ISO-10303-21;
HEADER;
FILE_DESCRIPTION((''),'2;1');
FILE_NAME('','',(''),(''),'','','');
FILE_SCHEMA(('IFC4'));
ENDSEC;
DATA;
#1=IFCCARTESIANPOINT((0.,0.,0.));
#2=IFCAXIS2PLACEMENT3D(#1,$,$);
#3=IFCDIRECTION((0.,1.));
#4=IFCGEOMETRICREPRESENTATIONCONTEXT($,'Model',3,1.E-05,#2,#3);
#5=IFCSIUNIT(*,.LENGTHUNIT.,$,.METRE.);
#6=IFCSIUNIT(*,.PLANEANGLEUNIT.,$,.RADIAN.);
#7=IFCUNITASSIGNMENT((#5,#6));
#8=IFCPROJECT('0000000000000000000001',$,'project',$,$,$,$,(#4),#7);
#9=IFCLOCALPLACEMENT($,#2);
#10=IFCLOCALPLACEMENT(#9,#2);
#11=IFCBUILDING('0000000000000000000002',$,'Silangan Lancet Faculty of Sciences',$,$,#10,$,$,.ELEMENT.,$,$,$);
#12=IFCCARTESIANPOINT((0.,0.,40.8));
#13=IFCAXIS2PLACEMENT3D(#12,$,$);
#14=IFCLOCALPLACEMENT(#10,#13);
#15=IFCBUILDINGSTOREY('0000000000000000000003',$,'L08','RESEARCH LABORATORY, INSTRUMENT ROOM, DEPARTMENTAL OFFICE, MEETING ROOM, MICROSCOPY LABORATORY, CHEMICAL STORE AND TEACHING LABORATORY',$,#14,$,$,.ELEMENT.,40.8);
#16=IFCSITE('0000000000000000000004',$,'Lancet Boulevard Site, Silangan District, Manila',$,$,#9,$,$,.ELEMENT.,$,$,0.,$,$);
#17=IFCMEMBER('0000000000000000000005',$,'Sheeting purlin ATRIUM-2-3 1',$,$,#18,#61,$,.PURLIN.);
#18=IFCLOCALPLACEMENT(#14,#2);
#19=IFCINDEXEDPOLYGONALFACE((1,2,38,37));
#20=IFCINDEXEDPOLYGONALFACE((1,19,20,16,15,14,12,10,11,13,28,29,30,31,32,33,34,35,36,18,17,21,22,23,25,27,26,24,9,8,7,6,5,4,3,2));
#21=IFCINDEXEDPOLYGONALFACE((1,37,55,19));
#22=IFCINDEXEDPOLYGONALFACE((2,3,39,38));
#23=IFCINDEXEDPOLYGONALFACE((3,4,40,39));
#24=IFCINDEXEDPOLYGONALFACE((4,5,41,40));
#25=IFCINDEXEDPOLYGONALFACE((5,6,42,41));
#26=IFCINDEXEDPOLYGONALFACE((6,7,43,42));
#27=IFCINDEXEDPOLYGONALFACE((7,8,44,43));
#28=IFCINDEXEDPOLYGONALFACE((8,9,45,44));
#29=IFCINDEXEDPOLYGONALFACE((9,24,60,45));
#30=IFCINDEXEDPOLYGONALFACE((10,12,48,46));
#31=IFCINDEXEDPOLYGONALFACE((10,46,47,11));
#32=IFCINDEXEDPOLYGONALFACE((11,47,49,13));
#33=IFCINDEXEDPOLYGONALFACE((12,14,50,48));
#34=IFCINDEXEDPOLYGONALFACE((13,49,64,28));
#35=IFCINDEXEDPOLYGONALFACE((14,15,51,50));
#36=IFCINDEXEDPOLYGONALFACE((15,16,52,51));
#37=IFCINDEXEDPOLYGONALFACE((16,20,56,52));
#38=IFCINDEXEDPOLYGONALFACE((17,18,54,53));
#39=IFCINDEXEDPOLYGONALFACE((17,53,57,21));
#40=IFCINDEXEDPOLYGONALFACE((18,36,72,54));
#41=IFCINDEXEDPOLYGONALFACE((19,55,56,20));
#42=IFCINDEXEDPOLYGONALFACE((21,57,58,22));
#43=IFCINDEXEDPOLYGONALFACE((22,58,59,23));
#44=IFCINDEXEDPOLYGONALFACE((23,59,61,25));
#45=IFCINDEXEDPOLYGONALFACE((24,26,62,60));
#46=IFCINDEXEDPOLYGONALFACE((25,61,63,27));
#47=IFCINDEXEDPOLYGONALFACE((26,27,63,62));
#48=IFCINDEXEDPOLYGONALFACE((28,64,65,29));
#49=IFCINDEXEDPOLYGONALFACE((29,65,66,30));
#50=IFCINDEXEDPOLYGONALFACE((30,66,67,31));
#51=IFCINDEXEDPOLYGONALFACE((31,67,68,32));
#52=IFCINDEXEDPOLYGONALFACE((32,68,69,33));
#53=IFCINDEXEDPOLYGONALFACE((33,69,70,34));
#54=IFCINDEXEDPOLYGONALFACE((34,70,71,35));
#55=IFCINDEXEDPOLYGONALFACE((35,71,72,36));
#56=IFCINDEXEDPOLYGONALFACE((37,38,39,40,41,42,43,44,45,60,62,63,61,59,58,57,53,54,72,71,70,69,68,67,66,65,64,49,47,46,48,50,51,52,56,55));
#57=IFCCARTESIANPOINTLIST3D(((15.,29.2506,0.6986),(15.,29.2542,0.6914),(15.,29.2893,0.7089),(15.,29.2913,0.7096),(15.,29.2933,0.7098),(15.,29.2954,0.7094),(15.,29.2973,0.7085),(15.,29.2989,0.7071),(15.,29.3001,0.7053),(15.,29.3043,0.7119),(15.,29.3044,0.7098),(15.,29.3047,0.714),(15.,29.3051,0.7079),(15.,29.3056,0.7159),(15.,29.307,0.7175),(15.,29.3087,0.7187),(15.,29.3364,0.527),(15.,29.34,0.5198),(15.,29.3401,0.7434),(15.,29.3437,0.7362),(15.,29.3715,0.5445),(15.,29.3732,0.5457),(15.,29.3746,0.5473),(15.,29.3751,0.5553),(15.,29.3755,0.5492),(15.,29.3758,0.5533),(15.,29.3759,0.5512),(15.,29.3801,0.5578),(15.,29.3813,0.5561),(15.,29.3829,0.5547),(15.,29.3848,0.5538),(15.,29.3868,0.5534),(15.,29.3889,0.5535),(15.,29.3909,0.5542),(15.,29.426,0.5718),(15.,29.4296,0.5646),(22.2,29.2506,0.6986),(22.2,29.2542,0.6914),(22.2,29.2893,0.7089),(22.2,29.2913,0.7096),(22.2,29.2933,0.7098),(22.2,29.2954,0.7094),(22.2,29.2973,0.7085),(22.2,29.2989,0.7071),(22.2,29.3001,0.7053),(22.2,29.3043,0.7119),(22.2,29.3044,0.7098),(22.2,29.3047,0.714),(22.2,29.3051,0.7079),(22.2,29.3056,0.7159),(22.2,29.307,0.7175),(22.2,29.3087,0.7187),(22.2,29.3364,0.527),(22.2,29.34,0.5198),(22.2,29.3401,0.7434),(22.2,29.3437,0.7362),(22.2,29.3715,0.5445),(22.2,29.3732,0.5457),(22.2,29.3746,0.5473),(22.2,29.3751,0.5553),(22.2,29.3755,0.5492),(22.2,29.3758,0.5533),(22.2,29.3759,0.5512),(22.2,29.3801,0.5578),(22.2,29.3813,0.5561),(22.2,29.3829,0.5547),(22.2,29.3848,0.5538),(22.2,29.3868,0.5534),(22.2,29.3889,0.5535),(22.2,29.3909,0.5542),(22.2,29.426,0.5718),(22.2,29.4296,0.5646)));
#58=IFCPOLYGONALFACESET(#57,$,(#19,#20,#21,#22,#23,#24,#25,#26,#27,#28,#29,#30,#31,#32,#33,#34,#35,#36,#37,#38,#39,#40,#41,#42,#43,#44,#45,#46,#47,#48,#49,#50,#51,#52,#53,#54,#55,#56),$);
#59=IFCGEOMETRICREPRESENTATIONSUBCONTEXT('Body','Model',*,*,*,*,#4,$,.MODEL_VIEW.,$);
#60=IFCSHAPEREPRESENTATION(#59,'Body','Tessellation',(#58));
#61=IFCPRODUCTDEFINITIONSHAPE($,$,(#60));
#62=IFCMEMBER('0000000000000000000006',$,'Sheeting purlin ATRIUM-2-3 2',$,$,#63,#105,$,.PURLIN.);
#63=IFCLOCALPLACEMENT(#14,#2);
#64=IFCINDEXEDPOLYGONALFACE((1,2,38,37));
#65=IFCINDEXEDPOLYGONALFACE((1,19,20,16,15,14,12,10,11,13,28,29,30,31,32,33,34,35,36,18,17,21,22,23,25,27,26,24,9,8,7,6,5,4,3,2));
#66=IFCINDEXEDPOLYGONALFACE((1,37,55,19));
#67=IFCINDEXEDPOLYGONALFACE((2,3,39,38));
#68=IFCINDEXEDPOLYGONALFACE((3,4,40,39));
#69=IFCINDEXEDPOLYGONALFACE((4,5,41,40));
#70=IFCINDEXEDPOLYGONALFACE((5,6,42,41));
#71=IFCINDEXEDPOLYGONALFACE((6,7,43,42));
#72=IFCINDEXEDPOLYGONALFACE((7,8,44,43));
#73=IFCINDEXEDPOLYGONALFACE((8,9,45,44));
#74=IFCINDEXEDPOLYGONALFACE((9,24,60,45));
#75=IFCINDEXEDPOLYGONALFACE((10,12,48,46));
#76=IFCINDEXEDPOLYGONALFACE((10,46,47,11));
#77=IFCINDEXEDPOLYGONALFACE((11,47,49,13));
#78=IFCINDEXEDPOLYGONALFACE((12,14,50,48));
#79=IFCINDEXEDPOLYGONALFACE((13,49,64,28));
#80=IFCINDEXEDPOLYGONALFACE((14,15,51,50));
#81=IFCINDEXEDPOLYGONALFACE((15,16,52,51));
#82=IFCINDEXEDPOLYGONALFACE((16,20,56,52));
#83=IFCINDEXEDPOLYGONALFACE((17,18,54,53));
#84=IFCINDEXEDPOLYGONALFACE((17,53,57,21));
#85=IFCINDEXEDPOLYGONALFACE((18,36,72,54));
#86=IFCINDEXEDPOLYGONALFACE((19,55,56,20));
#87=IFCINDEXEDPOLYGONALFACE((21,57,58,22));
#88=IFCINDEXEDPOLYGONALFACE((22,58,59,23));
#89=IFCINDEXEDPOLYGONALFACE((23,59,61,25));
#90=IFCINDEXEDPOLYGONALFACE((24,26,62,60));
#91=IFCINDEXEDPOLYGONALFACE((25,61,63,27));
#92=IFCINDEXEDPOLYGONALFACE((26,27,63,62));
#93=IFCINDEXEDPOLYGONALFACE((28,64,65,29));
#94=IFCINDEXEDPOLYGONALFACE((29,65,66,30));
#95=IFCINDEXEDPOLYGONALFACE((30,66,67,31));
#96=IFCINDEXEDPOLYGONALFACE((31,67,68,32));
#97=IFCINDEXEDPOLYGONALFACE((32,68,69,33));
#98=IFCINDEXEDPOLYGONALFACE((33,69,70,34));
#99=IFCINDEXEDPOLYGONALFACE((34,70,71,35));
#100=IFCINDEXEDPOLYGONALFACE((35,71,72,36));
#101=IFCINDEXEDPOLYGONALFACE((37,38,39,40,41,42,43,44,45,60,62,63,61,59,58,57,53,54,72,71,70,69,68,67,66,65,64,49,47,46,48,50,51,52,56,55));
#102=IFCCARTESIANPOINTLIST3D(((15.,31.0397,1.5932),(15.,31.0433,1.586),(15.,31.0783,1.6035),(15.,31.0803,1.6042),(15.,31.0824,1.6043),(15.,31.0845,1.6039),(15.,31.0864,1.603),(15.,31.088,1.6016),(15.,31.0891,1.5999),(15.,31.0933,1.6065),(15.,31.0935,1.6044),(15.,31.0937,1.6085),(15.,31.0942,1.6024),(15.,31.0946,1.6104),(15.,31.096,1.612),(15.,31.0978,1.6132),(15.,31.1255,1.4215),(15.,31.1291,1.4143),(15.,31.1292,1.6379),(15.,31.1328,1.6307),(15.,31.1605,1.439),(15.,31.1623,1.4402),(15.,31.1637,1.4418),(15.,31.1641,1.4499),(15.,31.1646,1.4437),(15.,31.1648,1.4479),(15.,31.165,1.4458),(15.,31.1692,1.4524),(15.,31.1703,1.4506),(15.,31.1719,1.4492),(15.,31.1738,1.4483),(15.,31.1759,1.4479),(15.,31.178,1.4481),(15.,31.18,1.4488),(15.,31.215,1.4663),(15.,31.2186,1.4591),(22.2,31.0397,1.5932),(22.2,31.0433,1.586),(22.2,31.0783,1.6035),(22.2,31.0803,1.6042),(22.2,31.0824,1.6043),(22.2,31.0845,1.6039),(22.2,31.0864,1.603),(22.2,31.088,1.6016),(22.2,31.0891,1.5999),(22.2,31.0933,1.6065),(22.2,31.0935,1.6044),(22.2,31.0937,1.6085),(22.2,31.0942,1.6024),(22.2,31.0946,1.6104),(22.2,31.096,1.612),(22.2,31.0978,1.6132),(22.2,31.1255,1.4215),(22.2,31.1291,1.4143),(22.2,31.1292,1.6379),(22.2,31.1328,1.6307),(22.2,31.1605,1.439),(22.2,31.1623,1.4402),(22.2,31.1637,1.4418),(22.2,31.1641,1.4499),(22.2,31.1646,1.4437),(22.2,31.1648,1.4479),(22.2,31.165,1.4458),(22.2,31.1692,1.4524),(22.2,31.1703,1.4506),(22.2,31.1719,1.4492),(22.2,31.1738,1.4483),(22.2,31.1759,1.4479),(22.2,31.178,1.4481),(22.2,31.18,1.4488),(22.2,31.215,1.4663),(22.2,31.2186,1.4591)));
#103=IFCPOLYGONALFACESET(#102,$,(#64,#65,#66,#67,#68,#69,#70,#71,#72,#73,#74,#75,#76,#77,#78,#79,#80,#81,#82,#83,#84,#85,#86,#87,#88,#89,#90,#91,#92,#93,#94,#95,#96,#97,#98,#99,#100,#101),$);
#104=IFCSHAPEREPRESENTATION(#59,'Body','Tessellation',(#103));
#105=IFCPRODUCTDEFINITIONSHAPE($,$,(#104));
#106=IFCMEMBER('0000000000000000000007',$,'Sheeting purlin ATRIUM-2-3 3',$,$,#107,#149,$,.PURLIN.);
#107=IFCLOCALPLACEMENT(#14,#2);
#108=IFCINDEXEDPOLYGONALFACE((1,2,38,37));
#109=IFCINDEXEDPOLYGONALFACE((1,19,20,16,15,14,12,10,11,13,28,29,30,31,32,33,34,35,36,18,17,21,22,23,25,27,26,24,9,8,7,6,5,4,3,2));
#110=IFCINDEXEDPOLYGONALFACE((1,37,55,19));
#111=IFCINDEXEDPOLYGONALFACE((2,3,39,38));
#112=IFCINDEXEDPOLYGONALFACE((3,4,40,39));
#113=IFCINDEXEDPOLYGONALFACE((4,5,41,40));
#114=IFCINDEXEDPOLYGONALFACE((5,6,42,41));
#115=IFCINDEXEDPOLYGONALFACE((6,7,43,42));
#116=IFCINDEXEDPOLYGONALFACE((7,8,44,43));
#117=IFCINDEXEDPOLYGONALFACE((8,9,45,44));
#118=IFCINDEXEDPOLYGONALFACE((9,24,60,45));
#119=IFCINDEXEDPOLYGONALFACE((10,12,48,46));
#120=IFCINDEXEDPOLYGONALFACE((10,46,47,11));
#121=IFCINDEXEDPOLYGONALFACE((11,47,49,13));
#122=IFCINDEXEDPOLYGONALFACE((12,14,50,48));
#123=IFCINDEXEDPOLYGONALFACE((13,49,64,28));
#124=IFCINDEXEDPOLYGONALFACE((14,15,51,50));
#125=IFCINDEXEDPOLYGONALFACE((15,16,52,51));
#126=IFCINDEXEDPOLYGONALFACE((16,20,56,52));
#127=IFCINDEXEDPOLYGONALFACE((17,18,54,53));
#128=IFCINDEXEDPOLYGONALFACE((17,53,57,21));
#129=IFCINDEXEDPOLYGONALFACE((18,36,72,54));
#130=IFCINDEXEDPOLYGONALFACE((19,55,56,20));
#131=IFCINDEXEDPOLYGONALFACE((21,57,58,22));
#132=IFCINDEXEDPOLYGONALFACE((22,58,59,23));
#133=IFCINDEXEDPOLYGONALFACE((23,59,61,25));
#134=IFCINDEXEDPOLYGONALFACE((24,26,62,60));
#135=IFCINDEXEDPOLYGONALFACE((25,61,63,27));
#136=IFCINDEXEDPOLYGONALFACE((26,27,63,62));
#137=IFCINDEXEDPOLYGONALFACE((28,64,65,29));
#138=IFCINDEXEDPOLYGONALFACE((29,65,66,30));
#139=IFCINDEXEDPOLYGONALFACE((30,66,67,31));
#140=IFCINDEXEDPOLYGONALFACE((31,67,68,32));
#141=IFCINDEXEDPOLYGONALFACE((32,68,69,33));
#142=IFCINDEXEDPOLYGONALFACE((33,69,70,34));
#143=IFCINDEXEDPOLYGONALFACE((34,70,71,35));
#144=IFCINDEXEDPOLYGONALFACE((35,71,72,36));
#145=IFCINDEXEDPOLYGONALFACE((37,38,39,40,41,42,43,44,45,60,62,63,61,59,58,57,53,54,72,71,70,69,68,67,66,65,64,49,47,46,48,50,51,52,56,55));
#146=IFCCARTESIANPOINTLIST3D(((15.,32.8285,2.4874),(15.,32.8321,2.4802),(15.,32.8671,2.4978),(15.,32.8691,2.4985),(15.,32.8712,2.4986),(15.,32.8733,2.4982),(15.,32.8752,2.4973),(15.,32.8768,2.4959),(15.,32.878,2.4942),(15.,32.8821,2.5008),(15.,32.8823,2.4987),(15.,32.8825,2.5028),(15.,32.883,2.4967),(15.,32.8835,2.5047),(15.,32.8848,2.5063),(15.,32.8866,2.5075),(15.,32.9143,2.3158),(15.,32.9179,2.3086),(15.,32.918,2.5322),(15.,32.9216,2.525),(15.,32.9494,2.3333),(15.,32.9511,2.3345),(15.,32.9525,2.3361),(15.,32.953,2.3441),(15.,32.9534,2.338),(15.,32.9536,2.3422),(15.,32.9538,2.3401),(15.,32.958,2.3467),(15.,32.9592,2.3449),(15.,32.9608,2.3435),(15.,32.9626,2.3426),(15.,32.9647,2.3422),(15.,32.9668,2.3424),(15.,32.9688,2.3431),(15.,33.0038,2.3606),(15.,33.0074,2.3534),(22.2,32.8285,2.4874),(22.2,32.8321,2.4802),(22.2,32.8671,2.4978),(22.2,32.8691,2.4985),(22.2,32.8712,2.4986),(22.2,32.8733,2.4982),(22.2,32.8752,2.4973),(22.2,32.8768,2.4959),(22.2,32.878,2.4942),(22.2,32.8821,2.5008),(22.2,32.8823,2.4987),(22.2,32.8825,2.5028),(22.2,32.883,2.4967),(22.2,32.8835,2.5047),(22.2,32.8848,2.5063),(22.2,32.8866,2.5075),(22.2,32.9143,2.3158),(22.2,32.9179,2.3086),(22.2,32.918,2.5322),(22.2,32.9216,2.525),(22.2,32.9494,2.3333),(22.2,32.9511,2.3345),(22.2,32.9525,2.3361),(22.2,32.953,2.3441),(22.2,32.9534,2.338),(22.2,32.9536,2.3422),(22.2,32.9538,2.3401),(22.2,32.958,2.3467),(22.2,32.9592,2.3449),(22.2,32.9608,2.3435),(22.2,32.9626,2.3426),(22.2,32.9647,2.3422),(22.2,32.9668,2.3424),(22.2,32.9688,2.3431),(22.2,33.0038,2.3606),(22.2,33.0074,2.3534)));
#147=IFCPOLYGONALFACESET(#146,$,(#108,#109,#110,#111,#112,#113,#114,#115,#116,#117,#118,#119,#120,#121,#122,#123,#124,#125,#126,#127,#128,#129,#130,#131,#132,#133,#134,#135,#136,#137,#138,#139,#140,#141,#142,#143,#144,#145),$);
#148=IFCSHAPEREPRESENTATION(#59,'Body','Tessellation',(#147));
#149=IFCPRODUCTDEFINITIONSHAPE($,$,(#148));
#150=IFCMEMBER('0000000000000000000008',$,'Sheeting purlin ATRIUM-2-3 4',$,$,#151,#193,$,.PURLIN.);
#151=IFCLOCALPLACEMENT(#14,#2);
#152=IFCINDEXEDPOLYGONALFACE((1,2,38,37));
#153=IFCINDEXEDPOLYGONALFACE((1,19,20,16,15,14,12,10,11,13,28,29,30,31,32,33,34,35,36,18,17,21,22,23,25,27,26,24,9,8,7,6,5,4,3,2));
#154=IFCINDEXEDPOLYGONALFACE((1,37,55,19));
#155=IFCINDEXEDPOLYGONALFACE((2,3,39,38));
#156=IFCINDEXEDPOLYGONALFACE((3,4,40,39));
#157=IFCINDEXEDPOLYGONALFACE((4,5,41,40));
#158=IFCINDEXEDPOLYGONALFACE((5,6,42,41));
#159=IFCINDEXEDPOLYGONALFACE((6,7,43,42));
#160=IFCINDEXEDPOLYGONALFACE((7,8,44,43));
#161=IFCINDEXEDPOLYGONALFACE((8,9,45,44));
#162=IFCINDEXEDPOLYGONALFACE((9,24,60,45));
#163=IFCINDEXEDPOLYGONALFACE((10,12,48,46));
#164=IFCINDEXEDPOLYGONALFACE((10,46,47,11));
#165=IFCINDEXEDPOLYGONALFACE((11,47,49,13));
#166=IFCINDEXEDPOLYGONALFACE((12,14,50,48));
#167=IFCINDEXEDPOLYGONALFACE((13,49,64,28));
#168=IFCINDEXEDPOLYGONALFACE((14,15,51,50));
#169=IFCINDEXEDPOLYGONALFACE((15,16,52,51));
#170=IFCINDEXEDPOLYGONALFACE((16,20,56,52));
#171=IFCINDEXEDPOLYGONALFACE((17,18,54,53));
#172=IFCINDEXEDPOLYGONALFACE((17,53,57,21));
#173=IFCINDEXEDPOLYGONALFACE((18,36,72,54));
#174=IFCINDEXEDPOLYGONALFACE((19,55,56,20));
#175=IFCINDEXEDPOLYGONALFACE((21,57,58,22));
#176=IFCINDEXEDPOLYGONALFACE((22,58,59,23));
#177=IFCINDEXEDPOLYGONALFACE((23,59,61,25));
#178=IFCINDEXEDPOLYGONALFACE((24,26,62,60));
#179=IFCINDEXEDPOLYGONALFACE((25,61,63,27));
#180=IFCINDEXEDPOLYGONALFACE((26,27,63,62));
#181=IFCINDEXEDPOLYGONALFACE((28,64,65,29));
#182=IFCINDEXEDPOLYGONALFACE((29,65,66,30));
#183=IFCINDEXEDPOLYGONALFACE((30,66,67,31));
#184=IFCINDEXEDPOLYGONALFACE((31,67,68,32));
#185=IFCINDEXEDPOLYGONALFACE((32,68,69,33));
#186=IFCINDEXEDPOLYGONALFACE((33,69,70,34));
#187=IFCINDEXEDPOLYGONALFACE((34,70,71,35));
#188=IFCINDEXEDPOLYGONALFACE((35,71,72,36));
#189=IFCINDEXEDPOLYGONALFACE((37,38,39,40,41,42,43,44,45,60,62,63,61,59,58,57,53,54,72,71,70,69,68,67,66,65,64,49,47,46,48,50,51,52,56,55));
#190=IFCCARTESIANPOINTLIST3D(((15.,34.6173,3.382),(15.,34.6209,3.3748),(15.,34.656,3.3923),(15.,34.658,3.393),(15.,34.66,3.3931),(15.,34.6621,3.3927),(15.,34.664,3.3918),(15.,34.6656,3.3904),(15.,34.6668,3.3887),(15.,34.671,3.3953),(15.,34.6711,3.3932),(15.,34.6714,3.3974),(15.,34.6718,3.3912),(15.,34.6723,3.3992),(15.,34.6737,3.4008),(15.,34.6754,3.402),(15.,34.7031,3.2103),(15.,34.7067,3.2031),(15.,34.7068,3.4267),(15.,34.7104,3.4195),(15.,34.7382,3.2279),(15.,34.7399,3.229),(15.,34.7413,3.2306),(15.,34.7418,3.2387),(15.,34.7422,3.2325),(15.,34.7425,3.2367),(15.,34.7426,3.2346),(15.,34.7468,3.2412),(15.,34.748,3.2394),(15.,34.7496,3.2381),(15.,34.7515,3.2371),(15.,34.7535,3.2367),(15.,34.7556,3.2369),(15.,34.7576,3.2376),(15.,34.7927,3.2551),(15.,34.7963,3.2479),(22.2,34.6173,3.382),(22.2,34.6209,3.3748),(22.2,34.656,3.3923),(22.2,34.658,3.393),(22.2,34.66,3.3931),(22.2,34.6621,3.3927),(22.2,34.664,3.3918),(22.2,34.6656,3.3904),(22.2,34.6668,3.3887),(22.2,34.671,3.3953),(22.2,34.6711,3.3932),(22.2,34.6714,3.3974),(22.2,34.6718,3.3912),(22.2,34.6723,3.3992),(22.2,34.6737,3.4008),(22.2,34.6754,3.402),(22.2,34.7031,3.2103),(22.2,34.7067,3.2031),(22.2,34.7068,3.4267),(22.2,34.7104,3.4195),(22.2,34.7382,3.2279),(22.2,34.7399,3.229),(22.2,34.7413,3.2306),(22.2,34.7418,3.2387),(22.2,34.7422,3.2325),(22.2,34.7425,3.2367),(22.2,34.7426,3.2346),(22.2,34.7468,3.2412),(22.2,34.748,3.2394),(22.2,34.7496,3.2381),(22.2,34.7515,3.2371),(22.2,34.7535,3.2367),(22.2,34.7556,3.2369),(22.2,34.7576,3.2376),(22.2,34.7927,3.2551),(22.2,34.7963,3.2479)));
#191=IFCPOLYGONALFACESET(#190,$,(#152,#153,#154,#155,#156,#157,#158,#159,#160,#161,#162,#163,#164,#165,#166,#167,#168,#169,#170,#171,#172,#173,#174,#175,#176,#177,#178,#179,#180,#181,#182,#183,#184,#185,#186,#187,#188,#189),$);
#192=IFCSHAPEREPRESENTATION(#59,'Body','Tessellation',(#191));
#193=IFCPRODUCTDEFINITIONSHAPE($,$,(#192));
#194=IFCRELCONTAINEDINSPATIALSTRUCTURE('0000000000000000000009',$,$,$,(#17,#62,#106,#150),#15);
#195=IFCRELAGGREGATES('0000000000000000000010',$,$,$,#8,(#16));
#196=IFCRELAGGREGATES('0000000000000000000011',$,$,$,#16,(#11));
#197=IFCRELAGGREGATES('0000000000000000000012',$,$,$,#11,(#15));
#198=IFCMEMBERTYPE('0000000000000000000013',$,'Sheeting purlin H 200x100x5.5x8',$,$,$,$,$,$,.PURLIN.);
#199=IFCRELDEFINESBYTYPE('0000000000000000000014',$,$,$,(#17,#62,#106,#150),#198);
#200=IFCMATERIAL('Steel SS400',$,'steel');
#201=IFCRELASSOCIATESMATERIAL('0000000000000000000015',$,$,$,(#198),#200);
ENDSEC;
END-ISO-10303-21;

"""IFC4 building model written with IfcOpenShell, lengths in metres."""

from ifc_helpers import new_model, si_unit, direction, frame, origin, origin_2d, place, context, subcontext, project, spatial, i_section, extrude, material, material_profile, profile_set, type_object, element, save


model = new_model("IFC4")

# Units and contexts
model_context = context("Model", 3, precision=1e-05, world=origin(), true_north=direction((0.0, 1.0)))
body_context = subcontext(model_context, "Body", "Model", "MODEL_VIEW")
ifc_project = project(units=[si_unit("LENGTHUNIT", "METRE"), si_unit("PLANEANGLEUNIT", "RADIAN")], contexts=[model_context])

# Site, building, storey
site_placement = place(None, origin())
site = spatial("IfcSite", under=ifc_project, at=site_placement, Name="Lancet Boulevard Site, Silangan District, Manila", CompositionType="ELEMENT", RefElevation=0.0)
building_placement = place(site_placement, origin())
building = spatial("IfcBuilding", under=site, at=building_placement, Name="Silangan Lancet Faculty of Sciences", CompositionType="ELEMENT")
storey_placement = place(building_placement, frame((0.0, 0.0, 40.8)))
storey = spatial("IfcBuildingStorey", under=building, at=storey_placement, Name="L08", Description="RESEARCH LABORATORY, INSTRUMENT ROOM, DEPARTMENTAL OFFICE, MEETING ROOM, MICROSCOPY LABORATORY, CHEMICAL STORE AND TEACHING LABORATORY", CompositionType="ELEMENT", Elevation=40.8)

# Members
ifc_material_1 = material(Name="Steel SS400", Category="steel")
ifc_material_profile_1 = material_profile(ifc_material_1, i_section(OverallWidth=0.1001, OverallDepth=0.2, WebThickness=0.0056, FlangeThickness=0.0081, FilletRadius=0.0081, at=origin_2d()), Name="H 200x100x5.5x8")
ifc_profile_set_1 = profile_set([ifc_material_profile_1], Name="Steel SS400")
member_type_1 = type_object("IfcMemberType", Name="Sheeting purlin H 200x100x5.5x8", PredefinedType="PURLIN", material=ifc_profile_set_1)
for number, where, z_axis, x_axis, name in (
    (1, (15.0, 29.3401, 0.6316), (1.0, 0.0, 0.0), (0.0, 0.894427, 0.447214), "Sheeting purlin ATRIUM-2-3 1"),
    (2, (15.0, 31.1292, 1.5261), (1.0, 0.0, 0.0), (0.0, 0.894427, 0.447214), "Sheeting purlin ATRIUM-2-3 2"),
    (3, (15.0, 32.918, 2.4204), (1.0, 0.0, 0.0), (0.0, 0.894427, 0.447214), "Sheeting purlin ATRIUM-2-3 3"),
    (4, (15.0, 34.7068, 3.3149), (1.0, 0.0, 0.0), (0.0, 0.894427, 0.447214), "Sheeting purlin ATRIUM-2-3 4"),
):
    element("IfcMember", number, at=place(storey_placement, frame(where, z_axis=z_axis, x_axis=x_axis)), inside=storey, type_object=member_type_1, Name=name, PredefinedType="PURLIN", context=body_context, shape_type="SweptSolid", body=[
        extrude(i_section(OverallWidth=0.1001, OverallDepth=0.2, WebThickness=0.0056, FlangeThickness=0.0081, FilletRadius=0.0081, at=origin_2d()), origin(), (0.0, 0.0, 1.0), 7.2),
    ])

save(model, "model.ifc")
